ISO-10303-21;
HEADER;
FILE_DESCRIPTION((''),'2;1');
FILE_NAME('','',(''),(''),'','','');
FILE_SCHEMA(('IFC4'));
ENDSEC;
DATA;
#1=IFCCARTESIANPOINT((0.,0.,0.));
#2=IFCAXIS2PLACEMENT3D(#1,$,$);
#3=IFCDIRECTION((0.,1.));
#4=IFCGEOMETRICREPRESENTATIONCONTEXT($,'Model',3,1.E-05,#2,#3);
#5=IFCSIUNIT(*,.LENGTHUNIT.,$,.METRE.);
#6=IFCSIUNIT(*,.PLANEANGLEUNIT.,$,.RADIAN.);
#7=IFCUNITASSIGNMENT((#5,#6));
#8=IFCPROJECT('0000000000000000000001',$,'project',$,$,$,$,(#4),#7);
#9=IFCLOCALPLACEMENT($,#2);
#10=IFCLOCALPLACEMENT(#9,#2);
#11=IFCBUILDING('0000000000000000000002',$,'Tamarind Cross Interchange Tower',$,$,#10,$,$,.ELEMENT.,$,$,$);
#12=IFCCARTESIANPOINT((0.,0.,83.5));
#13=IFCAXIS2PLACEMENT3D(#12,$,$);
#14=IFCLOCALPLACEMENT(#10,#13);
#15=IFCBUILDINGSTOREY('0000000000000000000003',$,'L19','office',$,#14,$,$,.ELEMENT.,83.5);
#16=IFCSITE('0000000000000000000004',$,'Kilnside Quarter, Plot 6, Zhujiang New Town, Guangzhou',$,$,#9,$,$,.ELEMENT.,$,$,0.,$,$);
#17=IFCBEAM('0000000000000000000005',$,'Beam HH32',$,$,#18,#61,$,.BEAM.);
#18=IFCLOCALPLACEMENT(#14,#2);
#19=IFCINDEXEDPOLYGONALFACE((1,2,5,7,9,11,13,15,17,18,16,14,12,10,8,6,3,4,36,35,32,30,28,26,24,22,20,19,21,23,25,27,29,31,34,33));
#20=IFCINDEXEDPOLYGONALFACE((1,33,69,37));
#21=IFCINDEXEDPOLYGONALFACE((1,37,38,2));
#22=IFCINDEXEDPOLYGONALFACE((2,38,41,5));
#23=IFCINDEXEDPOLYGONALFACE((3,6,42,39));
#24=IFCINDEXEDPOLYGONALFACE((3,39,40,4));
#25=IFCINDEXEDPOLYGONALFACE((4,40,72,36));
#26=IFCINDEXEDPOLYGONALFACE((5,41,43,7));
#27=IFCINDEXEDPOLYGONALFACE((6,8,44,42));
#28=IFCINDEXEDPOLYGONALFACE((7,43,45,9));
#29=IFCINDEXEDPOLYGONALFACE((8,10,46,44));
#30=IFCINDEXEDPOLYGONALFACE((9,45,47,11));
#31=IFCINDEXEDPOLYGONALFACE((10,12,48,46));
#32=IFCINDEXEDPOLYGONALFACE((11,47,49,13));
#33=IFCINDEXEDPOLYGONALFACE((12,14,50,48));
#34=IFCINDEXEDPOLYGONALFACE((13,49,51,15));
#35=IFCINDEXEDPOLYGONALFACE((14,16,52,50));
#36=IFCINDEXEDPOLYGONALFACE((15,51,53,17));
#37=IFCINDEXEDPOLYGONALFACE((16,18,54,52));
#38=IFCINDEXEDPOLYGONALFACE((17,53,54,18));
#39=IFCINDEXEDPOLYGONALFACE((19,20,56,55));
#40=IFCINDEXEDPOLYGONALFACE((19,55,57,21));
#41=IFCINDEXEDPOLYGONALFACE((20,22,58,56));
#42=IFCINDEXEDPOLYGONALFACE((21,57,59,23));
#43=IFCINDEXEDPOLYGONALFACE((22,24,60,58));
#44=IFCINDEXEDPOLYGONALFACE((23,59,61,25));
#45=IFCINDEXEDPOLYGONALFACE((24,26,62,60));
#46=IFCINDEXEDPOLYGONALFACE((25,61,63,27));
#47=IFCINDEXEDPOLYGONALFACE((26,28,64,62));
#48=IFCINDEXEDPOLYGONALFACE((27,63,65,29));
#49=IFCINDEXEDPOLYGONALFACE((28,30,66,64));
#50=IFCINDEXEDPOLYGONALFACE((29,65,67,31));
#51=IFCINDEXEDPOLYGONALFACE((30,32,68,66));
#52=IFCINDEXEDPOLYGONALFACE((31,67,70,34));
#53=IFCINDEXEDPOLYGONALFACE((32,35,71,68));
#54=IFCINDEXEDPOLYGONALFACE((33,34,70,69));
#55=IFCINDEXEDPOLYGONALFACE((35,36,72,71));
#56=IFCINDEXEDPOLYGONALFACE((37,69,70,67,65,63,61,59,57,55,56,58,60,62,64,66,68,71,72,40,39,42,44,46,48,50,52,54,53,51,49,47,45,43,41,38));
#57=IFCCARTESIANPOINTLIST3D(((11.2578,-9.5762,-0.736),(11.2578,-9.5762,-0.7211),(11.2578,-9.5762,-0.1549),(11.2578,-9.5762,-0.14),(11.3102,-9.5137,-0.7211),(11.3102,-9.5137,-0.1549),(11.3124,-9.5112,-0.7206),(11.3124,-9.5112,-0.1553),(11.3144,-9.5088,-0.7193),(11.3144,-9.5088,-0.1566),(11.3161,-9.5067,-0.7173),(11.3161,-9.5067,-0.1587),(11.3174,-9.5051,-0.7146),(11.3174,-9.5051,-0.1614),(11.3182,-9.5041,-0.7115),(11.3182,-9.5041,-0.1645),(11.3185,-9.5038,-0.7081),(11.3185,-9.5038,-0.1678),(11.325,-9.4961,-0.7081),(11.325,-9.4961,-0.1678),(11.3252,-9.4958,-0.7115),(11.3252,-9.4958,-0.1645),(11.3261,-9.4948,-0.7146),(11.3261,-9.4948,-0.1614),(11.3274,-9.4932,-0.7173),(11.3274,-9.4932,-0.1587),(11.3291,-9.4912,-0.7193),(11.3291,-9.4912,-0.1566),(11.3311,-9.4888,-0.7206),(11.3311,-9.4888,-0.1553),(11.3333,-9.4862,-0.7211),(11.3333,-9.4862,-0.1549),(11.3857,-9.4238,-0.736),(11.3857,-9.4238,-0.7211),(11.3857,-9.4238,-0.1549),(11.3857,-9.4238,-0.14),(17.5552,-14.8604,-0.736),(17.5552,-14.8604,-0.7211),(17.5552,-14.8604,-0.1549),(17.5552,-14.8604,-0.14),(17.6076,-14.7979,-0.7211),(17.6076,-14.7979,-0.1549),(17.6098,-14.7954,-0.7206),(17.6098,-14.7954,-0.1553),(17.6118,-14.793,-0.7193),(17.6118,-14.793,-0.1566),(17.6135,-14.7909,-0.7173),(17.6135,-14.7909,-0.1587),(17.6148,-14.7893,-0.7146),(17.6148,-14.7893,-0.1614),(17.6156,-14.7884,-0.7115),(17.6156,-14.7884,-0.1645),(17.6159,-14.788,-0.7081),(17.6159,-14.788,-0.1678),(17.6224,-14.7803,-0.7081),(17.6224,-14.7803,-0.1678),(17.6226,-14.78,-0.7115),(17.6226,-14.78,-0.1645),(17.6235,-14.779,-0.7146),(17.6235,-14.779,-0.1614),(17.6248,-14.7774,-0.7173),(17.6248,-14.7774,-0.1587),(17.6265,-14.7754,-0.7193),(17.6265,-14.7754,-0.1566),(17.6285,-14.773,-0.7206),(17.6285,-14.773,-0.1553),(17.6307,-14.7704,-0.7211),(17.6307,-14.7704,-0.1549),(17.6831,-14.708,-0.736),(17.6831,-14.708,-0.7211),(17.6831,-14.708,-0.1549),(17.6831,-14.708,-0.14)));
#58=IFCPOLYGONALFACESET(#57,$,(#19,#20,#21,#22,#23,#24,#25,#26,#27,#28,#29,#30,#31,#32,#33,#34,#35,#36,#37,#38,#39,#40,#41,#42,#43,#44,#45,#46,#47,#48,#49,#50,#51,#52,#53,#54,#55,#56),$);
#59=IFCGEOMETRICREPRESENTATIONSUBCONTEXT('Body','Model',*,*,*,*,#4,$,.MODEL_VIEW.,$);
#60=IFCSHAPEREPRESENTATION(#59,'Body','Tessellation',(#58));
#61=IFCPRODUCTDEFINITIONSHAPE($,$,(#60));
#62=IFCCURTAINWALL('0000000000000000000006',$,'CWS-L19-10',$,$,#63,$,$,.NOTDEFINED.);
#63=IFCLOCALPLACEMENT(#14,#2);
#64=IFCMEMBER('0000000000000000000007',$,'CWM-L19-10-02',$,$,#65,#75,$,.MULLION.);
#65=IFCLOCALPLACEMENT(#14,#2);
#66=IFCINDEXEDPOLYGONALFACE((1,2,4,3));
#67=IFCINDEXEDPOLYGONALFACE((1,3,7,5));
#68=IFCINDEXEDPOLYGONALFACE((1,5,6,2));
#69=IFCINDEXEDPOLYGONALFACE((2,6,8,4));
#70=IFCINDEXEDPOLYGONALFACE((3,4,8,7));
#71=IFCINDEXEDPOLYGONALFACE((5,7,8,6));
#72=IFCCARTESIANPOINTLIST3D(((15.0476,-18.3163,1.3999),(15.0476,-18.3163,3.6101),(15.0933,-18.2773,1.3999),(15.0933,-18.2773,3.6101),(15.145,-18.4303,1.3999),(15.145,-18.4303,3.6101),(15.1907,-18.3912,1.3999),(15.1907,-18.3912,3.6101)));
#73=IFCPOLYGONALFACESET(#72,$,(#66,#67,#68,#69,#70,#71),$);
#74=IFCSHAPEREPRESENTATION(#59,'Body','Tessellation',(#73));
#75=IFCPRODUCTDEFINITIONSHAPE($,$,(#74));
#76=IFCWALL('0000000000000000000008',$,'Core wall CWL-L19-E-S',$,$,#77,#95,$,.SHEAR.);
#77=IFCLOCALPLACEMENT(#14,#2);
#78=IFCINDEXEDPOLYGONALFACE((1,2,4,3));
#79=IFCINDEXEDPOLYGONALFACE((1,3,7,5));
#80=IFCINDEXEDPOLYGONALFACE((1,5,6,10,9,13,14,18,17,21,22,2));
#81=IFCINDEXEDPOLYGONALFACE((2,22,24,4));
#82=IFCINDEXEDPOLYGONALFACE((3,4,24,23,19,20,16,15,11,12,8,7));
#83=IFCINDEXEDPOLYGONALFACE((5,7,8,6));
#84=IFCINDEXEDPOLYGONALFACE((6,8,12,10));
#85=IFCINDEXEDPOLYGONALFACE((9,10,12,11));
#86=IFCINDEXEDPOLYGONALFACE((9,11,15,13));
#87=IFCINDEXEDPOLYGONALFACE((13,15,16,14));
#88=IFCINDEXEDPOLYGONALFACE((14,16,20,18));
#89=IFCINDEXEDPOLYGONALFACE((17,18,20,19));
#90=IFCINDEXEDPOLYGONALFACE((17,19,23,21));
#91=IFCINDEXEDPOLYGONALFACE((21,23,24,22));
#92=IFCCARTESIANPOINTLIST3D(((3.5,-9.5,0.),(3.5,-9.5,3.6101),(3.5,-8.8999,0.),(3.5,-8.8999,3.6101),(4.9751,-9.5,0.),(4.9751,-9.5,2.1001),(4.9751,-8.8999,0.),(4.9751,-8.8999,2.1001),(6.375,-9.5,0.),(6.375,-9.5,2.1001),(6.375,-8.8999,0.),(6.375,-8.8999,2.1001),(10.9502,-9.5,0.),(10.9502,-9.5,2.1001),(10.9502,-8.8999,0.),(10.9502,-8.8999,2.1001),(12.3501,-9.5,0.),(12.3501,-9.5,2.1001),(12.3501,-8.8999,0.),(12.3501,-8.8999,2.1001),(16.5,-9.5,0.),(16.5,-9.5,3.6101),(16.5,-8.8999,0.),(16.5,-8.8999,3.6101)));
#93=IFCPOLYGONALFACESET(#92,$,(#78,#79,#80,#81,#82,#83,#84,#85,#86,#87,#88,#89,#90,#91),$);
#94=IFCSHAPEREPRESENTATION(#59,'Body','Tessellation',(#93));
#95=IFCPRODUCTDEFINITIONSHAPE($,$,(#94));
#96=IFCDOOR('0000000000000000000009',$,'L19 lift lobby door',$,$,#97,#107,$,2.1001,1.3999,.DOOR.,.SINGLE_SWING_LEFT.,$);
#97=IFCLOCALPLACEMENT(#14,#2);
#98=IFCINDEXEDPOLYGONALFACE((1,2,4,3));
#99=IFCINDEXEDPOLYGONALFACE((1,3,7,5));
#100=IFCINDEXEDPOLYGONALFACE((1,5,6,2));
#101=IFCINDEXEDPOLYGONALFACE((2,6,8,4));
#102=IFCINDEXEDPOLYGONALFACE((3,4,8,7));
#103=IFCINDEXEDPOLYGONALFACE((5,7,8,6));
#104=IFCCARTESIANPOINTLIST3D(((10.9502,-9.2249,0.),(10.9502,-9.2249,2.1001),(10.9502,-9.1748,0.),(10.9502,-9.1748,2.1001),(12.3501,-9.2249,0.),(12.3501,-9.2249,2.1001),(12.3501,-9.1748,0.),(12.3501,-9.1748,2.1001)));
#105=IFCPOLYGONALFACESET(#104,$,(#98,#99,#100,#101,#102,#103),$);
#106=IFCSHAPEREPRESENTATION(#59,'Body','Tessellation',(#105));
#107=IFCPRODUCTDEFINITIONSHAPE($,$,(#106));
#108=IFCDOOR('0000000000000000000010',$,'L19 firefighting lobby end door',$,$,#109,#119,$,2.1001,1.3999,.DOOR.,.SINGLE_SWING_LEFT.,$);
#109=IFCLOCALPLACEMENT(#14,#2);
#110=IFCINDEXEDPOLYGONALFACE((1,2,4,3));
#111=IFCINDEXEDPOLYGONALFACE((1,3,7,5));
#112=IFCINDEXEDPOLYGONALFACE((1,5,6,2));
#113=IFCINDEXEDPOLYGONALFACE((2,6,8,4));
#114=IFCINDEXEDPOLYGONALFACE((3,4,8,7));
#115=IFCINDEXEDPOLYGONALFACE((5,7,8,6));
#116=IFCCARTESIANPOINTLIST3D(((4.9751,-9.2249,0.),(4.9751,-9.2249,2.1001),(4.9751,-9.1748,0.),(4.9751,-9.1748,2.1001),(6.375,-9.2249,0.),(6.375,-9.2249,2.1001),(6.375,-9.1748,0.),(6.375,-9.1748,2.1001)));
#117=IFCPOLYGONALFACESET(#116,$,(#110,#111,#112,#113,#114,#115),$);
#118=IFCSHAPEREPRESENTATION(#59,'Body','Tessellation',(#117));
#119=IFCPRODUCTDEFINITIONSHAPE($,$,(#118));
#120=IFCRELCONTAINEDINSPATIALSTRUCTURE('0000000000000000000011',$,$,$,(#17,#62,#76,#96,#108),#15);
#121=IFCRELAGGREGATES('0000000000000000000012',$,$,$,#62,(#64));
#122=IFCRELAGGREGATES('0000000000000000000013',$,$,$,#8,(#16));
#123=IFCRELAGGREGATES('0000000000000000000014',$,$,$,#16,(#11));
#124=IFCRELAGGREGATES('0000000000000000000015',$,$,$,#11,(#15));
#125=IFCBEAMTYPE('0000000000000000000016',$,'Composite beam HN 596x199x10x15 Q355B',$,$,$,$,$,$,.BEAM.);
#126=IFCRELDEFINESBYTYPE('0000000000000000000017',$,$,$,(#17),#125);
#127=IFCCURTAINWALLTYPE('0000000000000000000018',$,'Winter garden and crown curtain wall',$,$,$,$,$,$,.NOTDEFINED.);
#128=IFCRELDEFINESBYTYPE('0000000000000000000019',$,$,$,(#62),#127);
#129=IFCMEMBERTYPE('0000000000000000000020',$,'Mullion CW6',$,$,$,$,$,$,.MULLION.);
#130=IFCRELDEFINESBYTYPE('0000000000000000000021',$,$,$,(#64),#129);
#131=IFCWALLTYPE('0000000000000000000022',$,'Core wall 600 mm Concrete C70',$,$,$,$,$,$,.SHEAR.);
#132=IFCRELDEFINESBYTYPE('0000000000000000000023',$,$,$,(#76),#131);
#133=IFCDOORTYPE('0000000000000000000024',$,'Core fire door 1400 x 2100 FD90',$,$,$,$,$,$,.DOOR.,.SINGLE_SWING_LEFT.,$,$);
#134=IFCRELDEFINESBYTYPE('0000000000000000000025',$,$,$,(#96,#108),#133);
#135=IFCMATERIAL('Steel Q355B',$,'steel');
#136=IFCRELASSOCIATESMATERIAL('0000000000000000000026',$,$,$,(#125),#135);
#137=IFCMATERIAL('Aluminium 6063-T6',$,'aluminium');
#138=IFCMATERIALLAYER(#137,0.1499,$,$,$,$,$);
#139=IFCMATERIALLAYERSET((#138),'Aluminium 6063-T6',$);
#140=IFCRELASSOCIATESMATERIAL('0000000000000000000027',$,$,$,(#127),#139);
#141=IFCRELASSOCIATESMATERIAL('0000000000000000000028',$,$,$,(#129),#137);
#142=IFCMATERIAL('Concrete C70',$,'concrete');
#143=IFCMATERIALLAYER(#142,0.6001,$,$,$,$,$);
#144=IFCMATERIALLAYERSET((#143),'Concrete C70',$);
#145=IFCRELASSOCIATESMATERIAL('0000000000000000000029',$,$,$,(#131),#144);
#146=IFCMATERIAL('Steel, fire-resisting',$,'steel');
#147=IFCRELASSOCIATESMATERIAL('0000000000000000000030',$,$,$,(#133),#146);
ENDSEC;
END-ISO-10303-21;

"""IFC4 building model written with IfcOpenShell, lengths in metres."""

from ifc_helpers import new_model, si_unit, direction, frame, frame_2d, origin, origin_2d, place, context, subcontext, project, spatial, rectangle, i_section, extrude, material, layer, layer_set, material_profile, profile_set, type_object, element, fill, aggregate, save


model = new_model("IFC4")

# Units and contexts
model_context = context("Model", 3, precision=1e-05, world=origin(), true_north=direction((0.0, 1.0)))
body_context = subcontext(model_context, "Body", "Model", "MODEL_VIEW")
ifc_project = project(units=[si_unit("LENGTHUNIT", "METRE"), si_unit("PLANEANGLEUNIT", "RADIAN")], contexts=[model_context])

# Site, building, storey
site_placement = place(None, origin())
site = spatial("IfcSite", under=ifc_project, at=site_placement, Name="Kilnside Quarter, Plot 6, Zhujiang New Town, Guangzhou", CompositionType="ELEMENT", RefElevation=0.0)
building_placement = place(site_placement, origin())
building = spatial("IfcBuilding", under=site, at=building_placement, Name="Tamarind Cross Interchange Tower", CompositionType="ELEMENT")
storey_placement = place(building_placement, frame((0.0, 0.0, 83.5)))
storey = spatial("IfcBuildingStorey", under=building, at=storey_placement, Name="L19", Description="office", CompositionType="ELEMENT", Elevation=83.5)

# Beam
ifc_material_1 = material(Name="Steel Q355B", Category="steel")
ifc_material_profile_1 = material_profile(ifc_material_1, i_section(OverallWidth=0.199, OverallDepth=0.5959, WebThickness=0.01, FlangeThickness=0.0149, FilletRadius=0.0129, at=origin_2d()), Name="HN 596x199x10x15")
ifc_profile_set_1 = profile_set([ifc_material_profile_1], Name="Steel Q355B")
beam_type = type_object("IfcBeamType", Name="Composite beam HN 596x199x10x15 Q355B", PredefinedType="BEAM", material=ifc_profile_set_1)
beam_1_placement = place(storey_placement, frame((17.6191, -14.7842, -0.438), z_axis=(-0.766041, 0.642792, 0.0), x_axis=(-0.642792, -0.766041, 0.0)))
element("IfcBeam", 1, at=beam_1_placement, inside=storey, type_object=beam_type, Name="Beam HH32", PredefinedType="BEAM", context=body_context, shape_type="SweptSolid", body=[
    extrude(i_section(OverallWidth=0.199, OverallDepth=0.5959, WebThickness=0.01, FlangeThickness=0.0149, FilletRadius=0.0129, at=origin_2d()), origin(), (0.0, 0.0, 1.0), 8.2207),
])

# Curtain wall, member
ifc_material_2 = material(Name="Aluminium 6063-T6", Category="aluminium")
ifc_layer_1 = layer(ifc_material_2, 0.1499)
ifc_layer_set_1 = layer_set([ifc_layer_1], Name="Aluminium 6063-T6")
curtain_wall_type = type_object("IfcCurtainWallType", Name="Winter garden and crown curtain wall", PredefinedType="NOTDEFINED", material=ifc_layer_set_1)
curtain_wall_placement = place(storey_placement, origin())
curtain_wall = element("IfcCurtainWall", 2, at=curtain_wall_placement, inside=storey, type_object=curtain_wall_type, Name="CWS-L19-10", PredefinedType="NOTDEFINED")
ifc_material_profile_2 = material_profile(ifc_material_2, rectangle(XDim=0.0601, YDim=0.1499, at=origin_2d()), Name="Mullion CW6")
ifc_profile_set_2 = profile_set([ifc_material_profile_2], Name="Aluminium 6063-T6")
member_type = type_object("IfcMemberType", Name="Mullion CW6", PredefinedType="MULLION", material=ifc_profile_set_2)
member_placement = place(storey_placement, frame((15.1191, -18.3538, 1.3999), z_axis=(0.0, 0.0, 1.0), x_axis=(0.760296, 0.649577, 0.0)))
member = element("IfcMember", 3, at=member_placement, type_object=member_type, Name="CWM-L19-10-02", PredefinedType="MULLION", context=body_context, shape_type="SweptSolid", body=[
    extrude(rectangle(XDim=0.0601, YDim=0.1499, at=origin_2d()), origin(), (0.0, 0.0, 1.0), 2.2102),
])
aggregate(curtain_wall, [member])

# Wall, openings, doors
ifc_material_3 = material(Name="Concrete C70", Category="concrete")
ifc_layer_2 = layer(ifc_material_3, 0.6001)
ifc_layer_set_2 = layer_set([ifc_layer_2], Name="Concrete C70")
wall_type_1 = type_object("IfcWallType", Name="Core wall 600 mm Concrete C70", PredefinedType="SHEAR", material=ifc_layer_set_2)
wall_1_placement = place(storey_placement, frame((16.5, -9.2, 0.0), z_axis=(0.0, 0.0, 1.0), x_axis=(-1.0, 0.0, 0.0)))
wall_1 = element("IfcWall", 4, at=wall_1_placement, inside=storey, type_object=wall_type_1, Name="Core wall CWL-L19-E-S", PredefinedType="SHEAR", context=body_context, shape_type="SweptSolid", body=[
    extrude(rectangle(XDim=13.0, YDim=0.6001, at=frame_2d((6.5, 0.0))), origin(), (0.0, 0.0, 1.0), 3.6101),
])
opening_1_placement = place(wall_1_placement, frame((4.1499, 0.0, 0.0)))
opening_1 = element("IfcOpeningElement", 5, at=opening_1_placement, cuts=wall_1, PredefinedType="OPENING", context=body_context, shape_type="SweptSolid", body=[
    extrude(rectangle(XDim=1.3999, YDim=2.1001, at=frame_2d((0.7, 1.05))), frame((0.0, 0.3101, 0.0), z_axis=(0.0, -1.0, 0.0), x_axis=(1.0, 0.0, 0.0)), (0.0, 0.0, 1.0), 0.6201),
])
opening_2_placement = place(wall_1_placement, frame((10.125, 0.0, 0.0)))
opening_2 = element("IfcOpeningElement", 6, at=opening_2_placement, cuts=wall_1, PredefinedType="OPENING", context=body_context, shape_type="SweptSolid", body=[
    extrude(rectangle(XDim=1.3999, YDim=2.1001, at=frame_2d((0.7, 1.05))), frame((0.0, 0.3101, 0.0), z_axis=(0.0, -1.0, 0.0), x_axis=(1.0, 0.0, 0.0)), (0.0, 0.0, 1.0), 0.6201),
])
ifc_material_4 = material(Name="Steel, fire-resisting", Category="steel")
door_type_1 = type_object("IfcDoorType", Name="Core fire door 1400 x 2100 FD90", OperationType="SINGLE_SWING_LEFT", PredefinedType="DOOR", material=ifc_material_4)
door_1_placement = place(opening_1_placement, origin())
door_1 = element("IfcDoor", 7, at=door_1_placement, inside=storey, type_object=door_type_1, Name="L19 lift lobby door", OperationType="SINGLE_SWING_LEFT", OverallHeight=2.1001, OverallWidth=1.3999, PredefinedType="DOOR", context=body_context, shape_type="SweptSolid", body=[
    extrude(rectangle(XDim=1.3999, YDim=2.1001, at=frame_2d((0.7, 1.05))), frame((0.0, 0.0249, 0.0), z_axis=(0.0, -1.0, 0.0), x_axis=(1.0, 0.0, 0.0)), (0.0, 0.0, 1.0), 0.05),
])
fill(opening_1, door_1)
door_2_placement = place(opening_2_placement, origin())
door_2 = element("IfcDoor", 8, at=door_2_placement, inside=storey, type_object=door_type_1, Name="L19 firefighting lobby end door", OperationType="SINGLE_SWING_LEFT", OverallHeight=2.1001, OverallWidth=1.3999, PredefinedType="DOOR", context=body_context, shape_type="SweptSolid", body=[
    extrude(rectangle(XDim=1.3999, YDim=2.1001, at=frame_2d((0.7, 1.05))), frame((0.0, 0.0249, 0.0), z_axis=(0.0, -1.0, 0.0), x_axis=(1.0, 0.0, 0.0)), (0.0, 0.0, 1.0), 0.05),
])
fill(opening_2, door_2)

save(model, "model.ifc")
